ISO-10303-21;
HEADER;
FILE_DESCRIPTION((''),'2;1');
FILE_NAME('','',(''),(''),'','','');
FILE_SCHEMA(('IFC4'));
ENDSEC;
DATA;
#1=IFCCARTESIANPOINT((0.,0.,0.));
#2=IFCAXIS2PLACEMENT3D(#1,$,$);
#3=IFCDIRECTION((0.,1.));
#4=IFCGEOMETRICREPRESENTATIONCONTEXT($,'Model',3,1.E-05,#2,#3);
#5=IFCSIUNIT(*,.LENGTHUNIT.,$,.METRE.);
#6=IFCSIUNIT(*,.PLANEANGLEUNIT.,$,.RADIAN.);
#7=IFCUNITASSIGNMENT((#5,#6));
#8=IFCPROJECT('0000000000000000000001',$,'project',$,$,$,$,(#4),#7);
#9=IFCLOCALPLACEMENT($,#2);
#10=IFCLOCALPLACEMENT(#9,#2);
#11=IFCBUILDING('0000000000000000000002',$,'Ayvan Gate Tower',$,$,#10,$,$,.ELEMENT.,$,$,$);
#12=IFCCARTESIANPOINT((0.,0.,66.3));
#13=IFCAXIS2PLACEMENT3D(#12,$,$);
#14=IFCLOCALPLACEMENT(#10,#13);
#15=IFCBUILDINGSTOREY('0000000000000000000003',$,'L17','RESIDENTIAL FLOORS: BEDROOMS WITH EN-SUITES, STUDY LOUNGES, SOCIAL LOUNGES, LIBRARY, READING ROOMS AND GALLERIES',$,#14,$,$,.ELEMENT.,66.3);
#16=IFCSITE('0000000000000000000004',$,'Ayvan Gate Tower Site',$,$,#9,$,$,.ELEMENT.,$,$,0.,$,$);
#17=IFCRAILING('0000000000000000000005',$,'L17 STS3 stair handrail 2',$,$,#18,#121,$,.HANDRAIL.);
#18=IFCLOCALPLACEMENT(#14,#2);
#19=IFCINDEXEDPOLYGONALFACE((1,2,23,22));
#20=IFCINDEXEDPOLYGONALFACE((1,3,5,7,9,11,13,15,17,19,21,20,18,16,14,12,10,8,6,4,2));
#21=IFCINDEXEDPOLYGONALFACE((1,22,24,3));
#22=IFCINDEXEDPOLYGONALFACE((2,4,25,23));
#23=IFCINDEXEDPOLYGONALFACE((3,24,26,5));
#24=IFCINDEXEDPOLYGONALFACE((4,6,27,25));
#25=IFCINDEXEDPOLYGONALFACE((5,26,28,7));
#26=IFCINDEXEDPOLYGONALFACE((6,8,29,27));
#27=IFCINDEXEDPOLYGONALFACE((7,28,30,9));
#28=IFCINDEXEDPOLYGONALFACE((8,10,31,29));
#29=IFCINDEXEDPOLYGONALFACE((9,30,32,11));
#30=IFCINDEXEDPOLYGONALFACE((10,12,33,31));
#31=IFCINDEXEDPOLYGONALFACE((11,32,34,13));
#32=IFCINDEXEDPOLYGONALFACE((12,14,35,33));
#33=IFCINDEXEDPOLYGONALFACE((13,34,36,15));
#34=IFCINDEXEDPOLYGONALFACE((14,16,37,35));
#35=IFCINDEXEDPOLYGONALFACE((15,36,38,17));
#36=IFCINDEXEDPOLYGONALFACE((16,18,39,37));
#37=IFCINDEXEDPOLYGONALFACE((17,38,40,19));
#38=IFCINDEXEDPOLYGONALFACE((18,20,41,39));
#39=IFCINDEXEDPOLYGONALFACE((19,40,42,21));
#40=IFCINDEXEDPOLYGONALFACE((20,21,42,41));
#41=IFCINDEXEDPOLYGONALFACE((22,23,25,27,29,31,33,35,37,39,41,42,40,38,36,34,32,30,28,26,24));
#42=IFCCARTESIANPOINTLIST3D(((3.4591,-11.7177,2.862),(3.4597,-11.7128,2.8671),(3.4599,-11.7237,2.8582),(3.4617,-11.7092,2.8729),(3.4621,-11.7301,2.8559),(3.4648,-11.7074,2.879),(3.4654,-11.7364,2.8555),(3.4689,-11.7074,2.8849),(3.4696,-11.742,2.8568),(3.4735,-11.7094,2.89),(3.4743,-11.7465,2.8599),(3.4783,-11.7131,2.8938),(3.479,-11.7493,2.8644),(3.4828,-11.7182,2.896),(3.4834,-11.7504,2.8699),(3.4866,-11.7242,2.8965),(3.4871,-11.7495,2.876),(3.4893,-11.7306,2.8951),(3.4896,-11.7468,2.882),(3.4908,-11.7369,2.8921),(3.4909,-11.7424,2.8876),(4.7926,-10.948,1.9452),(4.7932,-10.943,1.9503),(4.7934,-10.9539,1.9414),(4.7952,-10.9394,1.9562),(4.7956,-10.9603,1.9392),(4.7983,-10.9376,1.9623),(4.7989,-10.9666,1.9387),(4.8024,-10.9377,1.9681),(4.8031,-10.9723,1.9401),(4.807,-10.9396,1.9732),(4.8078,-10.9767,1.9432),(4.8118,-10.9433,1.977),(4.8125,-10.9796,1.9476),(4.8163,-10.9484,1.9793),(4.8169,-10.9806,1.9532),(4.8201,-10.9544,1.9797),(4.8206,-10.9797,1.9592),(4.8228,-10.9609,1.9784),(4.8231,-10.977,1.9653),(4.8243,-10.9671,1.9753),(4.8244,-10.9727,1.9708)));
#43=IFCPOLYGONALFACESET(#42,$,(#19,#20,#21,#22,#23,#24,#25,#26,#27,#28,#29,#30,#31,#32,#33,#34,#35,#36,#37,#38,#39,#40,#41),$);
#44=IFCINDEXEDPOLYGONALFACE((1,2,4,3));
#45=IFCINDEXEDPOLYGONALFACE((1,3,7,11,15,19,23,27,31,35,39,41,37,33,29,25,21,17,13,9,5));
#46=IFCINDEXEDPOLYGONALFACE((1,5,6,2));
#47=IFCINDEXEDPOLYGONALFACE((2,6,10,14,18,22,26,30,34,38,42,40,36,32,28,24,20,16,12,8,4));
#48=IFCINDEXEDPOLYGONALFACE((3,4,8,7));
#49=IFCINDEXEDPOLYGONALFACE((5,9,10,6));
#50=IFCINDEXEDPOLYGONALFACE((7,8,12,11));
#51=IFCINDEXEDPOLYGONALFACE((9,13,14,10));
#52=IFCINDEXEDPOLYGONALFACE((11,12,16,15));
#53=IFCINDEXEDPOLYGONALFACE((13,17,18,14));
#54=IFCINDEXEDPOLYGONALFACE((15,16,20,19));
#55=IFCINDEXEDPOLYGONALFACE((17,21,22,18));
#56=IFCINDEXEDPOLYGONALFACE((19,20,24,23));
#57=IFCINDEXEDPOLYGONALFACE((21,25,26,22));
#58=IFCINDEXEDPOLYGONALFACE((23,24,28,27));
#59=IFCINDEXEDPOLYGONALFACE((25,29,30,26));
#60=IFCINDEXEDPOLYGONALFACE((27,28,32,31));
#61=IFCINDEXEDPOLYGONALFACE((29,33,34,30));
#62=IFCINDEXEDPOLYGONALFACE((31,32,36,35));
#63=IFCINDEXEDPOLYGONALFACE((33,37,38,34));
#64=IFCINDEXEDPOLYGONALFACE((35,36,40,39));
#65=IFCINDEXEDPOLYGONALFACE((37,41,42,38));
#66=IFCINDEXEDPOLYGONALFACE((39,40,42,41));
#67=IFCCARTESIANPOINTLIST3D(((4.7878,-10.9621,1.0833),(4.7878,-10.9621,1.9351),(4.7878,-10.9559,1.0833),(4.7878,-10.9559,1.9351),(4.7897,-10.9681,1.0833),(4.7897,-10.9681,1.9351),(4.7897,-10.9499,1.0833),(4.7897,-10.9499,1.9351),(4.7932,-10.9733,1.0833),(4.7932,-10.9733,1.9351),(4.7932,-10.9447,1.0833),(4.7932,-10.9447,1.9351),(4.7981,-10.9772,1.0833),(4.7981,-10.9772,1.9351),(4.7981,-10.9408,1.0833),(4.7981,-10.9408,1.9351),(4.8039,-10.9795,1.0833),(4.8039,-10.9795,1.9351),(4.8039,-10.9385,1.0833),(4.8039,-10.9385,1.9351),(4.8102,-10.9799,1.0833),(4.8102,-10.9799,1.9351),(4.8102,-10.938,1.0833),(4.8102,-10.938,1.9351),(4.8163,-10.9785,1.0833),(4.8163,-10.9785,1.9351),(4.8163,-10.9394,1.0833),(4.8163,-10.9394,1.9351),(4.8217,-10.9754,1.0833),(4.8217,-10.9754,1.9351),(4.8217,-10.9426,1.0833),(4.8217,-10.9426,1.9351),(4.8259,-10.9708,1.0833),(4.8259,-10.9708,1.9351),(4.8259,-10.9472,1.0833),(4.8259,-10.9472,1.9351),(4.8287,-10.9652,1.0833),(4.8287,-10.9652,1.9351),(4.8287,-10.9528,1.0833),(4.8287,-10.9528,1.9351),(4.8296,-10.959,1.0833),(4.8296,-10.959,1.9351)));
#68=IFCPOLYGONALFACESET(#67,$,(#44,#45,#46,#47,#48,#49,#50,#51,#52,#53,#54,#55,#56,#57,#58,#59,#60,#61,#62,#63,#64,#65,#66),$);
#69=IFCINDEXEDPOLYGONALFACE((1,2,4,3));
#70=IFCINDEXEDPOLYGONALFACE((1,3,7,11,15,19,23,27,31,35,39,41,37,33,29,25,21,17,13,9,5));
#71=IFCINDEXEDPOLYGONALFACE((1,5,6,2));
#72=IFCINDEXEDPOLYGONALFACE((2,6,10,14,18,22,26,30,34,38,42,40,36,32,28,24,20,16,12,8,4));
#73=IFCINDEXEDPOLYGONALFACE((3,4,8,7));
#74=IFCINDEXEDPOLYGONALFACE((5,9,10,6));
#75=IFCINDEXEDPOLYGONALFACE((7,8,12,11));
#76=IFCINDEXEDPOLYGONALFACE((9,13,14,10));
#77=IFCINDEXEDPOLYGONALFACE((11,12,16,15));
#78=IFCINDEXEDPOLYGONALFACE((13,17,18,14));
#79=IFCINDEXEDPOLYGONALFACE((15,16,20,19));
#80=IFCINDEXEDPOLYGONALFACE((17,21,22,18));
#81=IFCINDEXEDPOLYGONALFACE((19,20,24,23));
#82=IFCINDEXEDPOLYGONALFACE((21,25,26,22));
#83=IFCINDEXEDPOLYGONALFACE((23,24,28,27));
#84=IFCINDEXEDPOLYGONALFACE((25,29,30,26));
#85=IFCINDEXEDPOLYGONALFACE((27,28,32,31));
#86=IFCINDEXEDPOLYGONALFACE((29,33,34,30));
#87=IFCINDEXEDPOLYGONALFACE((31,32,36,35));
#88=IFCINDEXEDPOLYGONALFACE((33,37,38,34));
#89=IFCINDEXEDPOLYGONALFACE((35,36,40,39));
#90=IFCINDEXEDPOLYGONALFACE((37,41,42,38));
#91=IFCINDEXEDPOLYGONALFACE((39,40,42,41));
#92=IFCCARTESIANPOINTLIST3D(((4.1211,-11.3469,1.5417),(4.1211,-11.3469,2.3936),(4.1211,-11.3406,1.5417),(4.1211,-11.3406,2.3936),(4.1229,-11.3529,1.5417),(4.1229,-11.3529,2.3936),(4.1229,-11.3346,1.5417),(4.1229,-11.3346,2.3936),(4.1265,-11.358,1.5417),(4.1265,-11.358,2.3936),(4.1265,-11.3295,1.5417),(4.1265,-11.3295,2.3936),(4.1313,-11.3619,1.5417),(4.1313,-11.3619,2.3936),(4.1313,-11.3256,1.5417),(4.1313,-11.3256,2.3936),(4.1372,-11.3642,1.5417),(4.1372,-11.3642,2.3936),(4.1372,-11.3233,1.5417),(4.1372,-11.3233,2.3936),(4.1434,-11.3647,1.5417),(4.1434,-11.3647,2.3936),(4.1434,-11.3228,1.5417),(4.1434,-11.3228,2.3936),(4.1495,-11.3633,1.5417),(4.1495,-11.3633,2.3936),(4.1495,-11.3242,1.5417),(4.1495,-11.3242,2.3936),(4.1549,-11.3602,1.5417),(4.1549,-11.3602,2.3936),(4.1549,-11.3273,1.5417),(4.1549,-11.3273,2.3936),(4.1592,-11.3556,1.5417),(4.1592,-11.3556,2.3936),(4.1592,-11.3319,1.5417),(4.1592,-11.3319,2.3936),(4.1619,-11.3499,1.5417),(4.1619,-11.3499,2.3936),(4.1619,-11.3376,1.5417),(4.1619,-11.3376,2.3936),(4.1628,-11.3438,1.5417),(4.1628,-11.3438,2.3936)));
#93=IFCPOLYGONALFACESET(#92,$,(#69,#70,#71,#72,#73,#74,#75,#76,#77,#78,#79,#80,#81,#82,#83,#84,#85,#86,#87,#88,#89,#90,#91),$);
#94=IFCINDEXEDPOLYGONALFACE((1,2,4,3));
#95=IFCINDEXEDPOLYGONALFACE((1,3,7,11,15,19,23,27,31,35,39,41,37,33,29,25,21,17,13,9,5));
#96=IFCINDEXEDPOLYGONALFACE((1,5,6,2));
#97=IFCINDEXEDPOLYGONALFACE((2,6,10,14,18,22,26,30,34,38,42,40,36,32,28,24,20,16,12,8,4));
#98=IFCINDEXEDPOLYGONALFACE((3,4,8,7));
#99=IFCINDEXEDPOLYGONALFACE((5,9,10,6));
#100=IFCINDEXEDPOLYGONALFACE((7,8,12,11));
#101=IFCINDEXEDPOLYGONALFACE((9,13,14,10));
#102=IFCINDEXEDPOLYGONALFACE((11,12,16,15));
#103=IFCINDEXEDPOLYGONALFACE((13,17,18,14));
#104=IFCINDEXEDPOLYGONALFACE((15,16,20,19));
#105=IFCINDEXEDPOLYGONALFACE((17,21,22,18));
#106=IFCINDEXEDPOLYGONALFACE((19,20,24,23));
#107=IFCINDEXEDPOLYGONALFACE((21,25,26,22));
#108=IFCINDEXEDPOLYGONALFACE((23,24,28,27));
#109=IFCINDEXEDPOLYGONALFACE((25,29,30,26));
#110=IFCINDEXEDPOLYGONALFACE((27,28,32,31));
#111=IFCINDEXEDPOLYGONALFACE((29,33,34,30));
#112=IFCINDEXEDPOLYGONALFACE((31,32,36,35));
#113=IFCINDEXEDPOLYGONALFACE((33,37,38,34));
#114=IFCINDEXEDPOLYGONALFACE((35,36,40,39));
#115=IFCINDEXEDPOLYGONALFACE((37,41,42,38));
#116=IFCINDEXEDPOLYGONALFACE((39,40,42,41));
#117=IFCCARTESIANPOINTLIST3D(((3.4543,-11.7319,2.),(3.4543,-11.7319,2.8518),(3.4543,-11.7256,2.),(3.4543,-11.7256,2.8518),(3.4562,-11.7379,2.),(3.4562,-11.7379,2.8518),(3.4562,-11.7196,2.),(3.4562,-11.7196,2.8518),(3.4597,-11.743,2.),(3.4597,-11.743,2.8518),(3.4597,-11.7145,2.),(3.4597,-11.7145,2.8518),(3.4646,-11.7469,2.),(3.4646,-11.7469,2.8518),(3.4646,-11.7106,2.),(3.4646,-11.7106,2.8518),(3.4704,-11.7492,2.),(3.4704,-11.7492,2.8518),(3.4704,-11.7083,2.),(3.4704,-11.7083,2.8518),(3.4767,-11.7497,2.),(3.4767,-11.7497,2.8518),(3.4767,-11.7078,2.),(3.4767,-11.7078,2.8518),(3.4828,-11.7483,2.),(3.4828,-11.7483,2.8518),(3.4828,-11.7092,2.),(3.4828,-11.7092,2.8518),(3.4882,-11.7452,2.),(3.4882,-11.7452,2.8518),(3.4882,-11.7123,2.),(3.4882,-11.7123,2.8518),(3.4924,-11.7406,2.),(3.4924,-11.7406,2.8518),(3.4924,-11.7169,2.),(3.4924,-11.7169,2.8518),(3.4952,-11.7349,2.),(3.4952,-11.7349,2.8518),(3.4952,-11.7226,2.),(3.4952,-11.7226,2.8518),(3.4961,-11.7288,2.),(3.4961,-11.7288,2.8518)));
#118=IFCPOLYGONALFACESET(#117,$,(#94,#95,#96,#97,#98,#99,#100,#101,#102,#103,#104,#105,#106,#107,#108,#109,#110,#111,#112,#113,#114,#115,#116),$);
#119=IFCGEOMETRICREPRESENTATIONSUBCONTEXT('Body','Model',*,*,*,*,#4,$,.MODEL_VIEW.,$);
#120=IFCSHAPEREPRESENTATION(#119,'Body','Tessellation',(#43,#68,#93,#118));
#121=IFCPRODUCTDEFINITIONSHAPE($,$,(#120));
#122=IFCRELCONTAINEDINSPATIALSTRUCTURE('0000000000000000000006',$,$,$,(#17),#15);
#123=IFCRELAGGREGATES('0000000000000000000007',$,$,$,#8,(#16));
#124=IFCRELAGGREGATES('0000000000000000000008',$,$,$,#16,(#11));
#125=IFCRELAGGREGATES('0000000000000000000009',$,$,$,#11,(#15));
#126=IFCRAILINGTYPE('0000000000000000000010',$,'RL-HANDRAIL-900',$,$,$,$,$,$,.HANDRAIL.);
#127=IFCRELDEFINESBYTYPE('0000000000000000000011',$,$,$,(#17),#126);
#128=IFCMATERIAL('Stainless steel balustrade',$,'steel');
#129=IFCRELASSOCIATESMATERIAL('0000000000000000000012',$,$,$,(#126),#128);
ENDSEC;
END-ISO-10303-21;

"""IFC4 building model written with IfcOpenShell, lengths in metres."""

from ifc_helpers import new_model, si_unit, direction, frame, origin, origin_2d, place, context, subcontext, project, spatial, circle, extrude, material, type_object, element, save


model = new_model("IFC4")

# Units and contexts
model_context = context("Model", 3, precision=1e-05, world=origin(), true_north=direction((0.0, 1.0)))
body_context = subcontext(model_context, "Body", "Model", "MODEL_VIEW")
ifc_project = project(units=[si_unit("LENGTHUNIT", "METRE"), si_unit("PLANEANGLEUNIT", "RADIAN")], contexts=[model_context])

# Site, building, storey
site_placement = place(None, origin())
site = spatial("IfcSite", under=ifc_project, at=site_placement, Name="Ayvan Gate Tower Site", CompositionType="ELEMENT", RefElevation=0.0)
building_placement = place(site_placement, origin())
building = spatial("IfcBuilding", under=site, at=building_placement, Name="Ayvan Gate Tower", CompositionType="ELEMENT")
storey_placement = place(building_placement, frame((0.0, 0.0, 66.3)))
storey = spatial("IfcBuildingStorey", under=building, at=storey_placement, Name="L17", Description="RESIDENTIAL FLOORS: BEDROOMS WITH EN-SUITES, STUDY LOUNGES, SOCIAL LOUNGES, LIBRARY, READING ROOMS AND GALLERIES", CompositionType="ELEMENT", Elevation=66.3)

# Railing
ifc_material_1 = material(Name="Stainless steel balustrade", Category="steel")
railing_type_1 = type_object("IfcRailingType", Name="RL-HANDRAIL-900", PredefinedType="HANDRAIL", material=ifc_material_1)
railing_1_placement = place(storey_placement, frame((4.8086, -10.959, 1.0833)))
element("IfcRailing", 1, at=railing_1_placement, inside=storey, type_object=railing_type_1, Name="L17 STS3 stair handrail 2", PredefinedType="HANDRAIL", context=body_context, shape_type="SweptSolid", body=[
    extrude(circle(Radius=0.0239, at=origin_2d()), frame((0.0, 0.0, 0.876), z_axis=(-0.744147, -0.429567, 0.511584), x_axis=(0.499942, -0.866059, 0.0)), (0.0, 0.0, 1.0), 1.792),
    extrude(circle(Radius=0.021, at=origin_2d()), origin(), (0.0, 0.0, 1.0), 0.8518),
    extrude(circle(Radius=0.021, at=origin_2d()), frame((-0.6667, -0.3848, 0.4585)), (0.0, 0.0, 1.0), 0.8518),
    extrude(circle(Radius=0.021, at=origin_2d()), frame((-1.3335, -0.7698, 0.9167)), (0.0, 0.0, 1.0), 0.8518),
])

save(model, "model.ifc")
